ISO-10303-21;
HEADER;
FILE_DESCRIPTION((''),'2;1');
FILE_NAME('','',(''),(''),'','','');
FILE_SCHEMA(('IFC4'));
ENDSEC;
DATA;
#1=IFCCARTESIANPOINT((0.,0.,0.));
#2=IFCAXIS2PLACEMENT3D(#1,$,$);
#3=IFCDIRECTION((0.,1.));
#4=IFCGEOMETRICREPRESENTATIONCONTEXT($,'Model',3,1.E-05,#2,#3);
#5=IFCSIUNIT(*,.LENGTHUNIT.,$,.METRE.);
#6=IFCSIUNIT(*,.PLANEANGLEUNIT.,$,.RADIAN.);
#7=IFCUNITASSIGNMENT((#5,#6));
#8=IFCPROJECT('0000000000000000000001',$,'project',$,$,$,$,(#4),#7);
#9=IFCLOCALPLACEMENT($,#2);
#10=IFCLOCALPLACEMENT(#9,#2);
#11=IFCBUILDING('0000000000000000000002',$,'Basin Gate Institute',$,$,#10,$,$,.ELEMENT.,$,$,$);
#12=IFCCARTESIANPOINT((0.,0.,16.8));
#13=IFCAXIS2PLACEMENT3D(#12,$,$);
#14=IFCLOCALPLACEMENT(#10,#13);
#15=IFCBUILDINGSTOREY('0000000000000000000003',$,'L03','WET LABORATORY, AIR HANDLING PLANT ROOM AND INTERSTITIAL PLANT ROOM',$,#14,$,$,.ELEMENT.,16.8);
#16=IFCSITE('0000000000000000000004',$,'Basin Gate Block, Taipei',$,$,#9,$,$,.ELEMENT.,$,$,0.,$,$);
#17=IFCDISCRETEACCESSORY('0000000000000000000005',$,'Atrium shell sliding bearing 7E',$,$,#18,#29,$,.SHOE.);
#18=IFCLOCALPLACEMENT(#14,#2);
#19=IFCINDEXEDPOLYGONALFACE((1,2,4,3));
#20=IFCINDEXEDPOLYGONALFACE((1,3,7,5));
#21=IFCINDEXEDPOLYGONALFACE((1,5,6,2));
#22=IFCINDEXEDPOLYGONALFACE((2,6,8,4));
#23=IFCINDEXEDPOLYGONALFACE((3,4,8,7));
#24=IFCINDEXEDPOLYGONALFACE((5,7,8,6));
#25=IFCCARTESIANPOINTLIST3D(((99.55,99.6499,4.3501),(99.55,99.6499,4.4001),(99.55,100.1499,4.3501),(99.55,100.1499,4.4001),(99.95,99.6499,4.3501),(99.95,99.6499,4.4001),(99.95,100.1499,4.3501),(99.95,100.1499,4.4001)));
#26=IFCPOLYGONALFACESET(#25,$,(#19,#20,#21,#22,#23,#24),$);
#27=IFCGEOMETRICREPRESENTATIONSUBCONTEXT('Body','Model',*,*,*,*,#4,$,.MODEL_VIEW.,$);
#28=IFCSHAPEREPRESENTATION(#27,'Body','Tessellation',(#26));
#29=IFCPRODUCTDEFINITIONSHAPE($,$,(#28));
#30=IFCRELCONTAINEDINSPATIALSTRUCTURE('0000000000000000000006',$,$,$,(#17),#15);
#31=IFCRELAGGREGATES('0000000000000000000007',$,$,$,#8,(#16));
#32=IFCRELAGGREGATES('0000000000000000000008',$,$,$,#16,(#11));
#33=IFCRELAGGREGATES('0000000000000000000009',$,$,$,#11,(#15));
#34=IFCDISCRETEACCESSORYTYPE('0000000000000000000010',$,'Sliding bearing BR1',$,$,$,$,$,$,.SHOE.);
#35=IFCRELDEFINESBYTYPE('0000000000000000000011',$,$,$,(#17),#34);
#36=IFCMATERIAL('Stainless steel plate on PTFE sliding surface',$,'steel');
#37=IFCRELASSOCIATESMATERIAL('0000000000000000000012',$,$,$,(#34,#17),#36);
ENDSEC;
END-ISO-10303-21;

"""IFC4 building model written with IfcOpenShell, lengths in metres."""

from ifc_helpers import new_model, si_unit, direction, frame, origin, origin_2d, place, context, subcontext, project, spatial, rectangle, extrude, material, type_object, element, save


model = new_model("IFC4")

# Units and contexts
model_context = context("Model", 3, precision=1e-05, world=origin(), true_north=direction((0.0, 1.0)))
body_context = subcontext(model_context, "Body", "Model", "MODEL_VIEW")
ifc_project = project(units=[si_unit("LENGTHUNIT", "METRE"), si_unit("PLANEANGLEUNIT", "RADIAN")], contexts=[model_context])

# Site, building, storey
site_placement = place(None, origin())
site = spatial("IfcSite", under=ifc_project, at=site_placement, Name="Basin Gate Block, Taipei", CompositionType="ELEMENT", RefElevation=0.0)
building_placement = place(site_placement, origin())
building = spatial("IfcBuilding", under=site, at=building_placement, Name="Basin Gate Institute", CompositionType="ELEMENT")
storey_placement = place(building_placement, frame((0.0, 0.0, 16.8)))
storey = spatial("IfcBuildingStorey", under=building, at=storey_placement, Name="L03", Description="WET LABORATORY, AIR HANDLING PLANT ROOM AND INTERSTITIAL PLANT ROOM", CompositionType="ELEMENT", Elevation=16.8)

# Discrete accessory
ifc_material_1 = material(Name="Stainless steel plate on PTFE sliding surface", Category="steel")
discrete_accessory_type = type_object("IfcDiscreteAccessoryType", Name="Sliding bearing BR1", PredefinedType="SHOE", material=ifc_material_1)
discrete_accessory_placement = place(storey_placement, frame((99.75, 99.8999, 4.3501), z_axis=(0.0, 0.0, 1.0), x_axis=(1.0, 0.0, 0.0)))
element("IfcDiscreteAccessory", 1, at=discrete_accessory_placement, inside=storey, type_object=discrete_accessory_type, material=ifc_material_1, Name="Atrium shell sliding bearing 7E", PredefinedType="SHOE", context=body_context, shape_type="SweptSolid", body=[
    extrude(rectangle(XDim=0.3999, YDim=0.5, at=origin_2d()), origin(), (0.0, 0.0, 1.0), 0.05),
])

save(model, "model.ifc")
